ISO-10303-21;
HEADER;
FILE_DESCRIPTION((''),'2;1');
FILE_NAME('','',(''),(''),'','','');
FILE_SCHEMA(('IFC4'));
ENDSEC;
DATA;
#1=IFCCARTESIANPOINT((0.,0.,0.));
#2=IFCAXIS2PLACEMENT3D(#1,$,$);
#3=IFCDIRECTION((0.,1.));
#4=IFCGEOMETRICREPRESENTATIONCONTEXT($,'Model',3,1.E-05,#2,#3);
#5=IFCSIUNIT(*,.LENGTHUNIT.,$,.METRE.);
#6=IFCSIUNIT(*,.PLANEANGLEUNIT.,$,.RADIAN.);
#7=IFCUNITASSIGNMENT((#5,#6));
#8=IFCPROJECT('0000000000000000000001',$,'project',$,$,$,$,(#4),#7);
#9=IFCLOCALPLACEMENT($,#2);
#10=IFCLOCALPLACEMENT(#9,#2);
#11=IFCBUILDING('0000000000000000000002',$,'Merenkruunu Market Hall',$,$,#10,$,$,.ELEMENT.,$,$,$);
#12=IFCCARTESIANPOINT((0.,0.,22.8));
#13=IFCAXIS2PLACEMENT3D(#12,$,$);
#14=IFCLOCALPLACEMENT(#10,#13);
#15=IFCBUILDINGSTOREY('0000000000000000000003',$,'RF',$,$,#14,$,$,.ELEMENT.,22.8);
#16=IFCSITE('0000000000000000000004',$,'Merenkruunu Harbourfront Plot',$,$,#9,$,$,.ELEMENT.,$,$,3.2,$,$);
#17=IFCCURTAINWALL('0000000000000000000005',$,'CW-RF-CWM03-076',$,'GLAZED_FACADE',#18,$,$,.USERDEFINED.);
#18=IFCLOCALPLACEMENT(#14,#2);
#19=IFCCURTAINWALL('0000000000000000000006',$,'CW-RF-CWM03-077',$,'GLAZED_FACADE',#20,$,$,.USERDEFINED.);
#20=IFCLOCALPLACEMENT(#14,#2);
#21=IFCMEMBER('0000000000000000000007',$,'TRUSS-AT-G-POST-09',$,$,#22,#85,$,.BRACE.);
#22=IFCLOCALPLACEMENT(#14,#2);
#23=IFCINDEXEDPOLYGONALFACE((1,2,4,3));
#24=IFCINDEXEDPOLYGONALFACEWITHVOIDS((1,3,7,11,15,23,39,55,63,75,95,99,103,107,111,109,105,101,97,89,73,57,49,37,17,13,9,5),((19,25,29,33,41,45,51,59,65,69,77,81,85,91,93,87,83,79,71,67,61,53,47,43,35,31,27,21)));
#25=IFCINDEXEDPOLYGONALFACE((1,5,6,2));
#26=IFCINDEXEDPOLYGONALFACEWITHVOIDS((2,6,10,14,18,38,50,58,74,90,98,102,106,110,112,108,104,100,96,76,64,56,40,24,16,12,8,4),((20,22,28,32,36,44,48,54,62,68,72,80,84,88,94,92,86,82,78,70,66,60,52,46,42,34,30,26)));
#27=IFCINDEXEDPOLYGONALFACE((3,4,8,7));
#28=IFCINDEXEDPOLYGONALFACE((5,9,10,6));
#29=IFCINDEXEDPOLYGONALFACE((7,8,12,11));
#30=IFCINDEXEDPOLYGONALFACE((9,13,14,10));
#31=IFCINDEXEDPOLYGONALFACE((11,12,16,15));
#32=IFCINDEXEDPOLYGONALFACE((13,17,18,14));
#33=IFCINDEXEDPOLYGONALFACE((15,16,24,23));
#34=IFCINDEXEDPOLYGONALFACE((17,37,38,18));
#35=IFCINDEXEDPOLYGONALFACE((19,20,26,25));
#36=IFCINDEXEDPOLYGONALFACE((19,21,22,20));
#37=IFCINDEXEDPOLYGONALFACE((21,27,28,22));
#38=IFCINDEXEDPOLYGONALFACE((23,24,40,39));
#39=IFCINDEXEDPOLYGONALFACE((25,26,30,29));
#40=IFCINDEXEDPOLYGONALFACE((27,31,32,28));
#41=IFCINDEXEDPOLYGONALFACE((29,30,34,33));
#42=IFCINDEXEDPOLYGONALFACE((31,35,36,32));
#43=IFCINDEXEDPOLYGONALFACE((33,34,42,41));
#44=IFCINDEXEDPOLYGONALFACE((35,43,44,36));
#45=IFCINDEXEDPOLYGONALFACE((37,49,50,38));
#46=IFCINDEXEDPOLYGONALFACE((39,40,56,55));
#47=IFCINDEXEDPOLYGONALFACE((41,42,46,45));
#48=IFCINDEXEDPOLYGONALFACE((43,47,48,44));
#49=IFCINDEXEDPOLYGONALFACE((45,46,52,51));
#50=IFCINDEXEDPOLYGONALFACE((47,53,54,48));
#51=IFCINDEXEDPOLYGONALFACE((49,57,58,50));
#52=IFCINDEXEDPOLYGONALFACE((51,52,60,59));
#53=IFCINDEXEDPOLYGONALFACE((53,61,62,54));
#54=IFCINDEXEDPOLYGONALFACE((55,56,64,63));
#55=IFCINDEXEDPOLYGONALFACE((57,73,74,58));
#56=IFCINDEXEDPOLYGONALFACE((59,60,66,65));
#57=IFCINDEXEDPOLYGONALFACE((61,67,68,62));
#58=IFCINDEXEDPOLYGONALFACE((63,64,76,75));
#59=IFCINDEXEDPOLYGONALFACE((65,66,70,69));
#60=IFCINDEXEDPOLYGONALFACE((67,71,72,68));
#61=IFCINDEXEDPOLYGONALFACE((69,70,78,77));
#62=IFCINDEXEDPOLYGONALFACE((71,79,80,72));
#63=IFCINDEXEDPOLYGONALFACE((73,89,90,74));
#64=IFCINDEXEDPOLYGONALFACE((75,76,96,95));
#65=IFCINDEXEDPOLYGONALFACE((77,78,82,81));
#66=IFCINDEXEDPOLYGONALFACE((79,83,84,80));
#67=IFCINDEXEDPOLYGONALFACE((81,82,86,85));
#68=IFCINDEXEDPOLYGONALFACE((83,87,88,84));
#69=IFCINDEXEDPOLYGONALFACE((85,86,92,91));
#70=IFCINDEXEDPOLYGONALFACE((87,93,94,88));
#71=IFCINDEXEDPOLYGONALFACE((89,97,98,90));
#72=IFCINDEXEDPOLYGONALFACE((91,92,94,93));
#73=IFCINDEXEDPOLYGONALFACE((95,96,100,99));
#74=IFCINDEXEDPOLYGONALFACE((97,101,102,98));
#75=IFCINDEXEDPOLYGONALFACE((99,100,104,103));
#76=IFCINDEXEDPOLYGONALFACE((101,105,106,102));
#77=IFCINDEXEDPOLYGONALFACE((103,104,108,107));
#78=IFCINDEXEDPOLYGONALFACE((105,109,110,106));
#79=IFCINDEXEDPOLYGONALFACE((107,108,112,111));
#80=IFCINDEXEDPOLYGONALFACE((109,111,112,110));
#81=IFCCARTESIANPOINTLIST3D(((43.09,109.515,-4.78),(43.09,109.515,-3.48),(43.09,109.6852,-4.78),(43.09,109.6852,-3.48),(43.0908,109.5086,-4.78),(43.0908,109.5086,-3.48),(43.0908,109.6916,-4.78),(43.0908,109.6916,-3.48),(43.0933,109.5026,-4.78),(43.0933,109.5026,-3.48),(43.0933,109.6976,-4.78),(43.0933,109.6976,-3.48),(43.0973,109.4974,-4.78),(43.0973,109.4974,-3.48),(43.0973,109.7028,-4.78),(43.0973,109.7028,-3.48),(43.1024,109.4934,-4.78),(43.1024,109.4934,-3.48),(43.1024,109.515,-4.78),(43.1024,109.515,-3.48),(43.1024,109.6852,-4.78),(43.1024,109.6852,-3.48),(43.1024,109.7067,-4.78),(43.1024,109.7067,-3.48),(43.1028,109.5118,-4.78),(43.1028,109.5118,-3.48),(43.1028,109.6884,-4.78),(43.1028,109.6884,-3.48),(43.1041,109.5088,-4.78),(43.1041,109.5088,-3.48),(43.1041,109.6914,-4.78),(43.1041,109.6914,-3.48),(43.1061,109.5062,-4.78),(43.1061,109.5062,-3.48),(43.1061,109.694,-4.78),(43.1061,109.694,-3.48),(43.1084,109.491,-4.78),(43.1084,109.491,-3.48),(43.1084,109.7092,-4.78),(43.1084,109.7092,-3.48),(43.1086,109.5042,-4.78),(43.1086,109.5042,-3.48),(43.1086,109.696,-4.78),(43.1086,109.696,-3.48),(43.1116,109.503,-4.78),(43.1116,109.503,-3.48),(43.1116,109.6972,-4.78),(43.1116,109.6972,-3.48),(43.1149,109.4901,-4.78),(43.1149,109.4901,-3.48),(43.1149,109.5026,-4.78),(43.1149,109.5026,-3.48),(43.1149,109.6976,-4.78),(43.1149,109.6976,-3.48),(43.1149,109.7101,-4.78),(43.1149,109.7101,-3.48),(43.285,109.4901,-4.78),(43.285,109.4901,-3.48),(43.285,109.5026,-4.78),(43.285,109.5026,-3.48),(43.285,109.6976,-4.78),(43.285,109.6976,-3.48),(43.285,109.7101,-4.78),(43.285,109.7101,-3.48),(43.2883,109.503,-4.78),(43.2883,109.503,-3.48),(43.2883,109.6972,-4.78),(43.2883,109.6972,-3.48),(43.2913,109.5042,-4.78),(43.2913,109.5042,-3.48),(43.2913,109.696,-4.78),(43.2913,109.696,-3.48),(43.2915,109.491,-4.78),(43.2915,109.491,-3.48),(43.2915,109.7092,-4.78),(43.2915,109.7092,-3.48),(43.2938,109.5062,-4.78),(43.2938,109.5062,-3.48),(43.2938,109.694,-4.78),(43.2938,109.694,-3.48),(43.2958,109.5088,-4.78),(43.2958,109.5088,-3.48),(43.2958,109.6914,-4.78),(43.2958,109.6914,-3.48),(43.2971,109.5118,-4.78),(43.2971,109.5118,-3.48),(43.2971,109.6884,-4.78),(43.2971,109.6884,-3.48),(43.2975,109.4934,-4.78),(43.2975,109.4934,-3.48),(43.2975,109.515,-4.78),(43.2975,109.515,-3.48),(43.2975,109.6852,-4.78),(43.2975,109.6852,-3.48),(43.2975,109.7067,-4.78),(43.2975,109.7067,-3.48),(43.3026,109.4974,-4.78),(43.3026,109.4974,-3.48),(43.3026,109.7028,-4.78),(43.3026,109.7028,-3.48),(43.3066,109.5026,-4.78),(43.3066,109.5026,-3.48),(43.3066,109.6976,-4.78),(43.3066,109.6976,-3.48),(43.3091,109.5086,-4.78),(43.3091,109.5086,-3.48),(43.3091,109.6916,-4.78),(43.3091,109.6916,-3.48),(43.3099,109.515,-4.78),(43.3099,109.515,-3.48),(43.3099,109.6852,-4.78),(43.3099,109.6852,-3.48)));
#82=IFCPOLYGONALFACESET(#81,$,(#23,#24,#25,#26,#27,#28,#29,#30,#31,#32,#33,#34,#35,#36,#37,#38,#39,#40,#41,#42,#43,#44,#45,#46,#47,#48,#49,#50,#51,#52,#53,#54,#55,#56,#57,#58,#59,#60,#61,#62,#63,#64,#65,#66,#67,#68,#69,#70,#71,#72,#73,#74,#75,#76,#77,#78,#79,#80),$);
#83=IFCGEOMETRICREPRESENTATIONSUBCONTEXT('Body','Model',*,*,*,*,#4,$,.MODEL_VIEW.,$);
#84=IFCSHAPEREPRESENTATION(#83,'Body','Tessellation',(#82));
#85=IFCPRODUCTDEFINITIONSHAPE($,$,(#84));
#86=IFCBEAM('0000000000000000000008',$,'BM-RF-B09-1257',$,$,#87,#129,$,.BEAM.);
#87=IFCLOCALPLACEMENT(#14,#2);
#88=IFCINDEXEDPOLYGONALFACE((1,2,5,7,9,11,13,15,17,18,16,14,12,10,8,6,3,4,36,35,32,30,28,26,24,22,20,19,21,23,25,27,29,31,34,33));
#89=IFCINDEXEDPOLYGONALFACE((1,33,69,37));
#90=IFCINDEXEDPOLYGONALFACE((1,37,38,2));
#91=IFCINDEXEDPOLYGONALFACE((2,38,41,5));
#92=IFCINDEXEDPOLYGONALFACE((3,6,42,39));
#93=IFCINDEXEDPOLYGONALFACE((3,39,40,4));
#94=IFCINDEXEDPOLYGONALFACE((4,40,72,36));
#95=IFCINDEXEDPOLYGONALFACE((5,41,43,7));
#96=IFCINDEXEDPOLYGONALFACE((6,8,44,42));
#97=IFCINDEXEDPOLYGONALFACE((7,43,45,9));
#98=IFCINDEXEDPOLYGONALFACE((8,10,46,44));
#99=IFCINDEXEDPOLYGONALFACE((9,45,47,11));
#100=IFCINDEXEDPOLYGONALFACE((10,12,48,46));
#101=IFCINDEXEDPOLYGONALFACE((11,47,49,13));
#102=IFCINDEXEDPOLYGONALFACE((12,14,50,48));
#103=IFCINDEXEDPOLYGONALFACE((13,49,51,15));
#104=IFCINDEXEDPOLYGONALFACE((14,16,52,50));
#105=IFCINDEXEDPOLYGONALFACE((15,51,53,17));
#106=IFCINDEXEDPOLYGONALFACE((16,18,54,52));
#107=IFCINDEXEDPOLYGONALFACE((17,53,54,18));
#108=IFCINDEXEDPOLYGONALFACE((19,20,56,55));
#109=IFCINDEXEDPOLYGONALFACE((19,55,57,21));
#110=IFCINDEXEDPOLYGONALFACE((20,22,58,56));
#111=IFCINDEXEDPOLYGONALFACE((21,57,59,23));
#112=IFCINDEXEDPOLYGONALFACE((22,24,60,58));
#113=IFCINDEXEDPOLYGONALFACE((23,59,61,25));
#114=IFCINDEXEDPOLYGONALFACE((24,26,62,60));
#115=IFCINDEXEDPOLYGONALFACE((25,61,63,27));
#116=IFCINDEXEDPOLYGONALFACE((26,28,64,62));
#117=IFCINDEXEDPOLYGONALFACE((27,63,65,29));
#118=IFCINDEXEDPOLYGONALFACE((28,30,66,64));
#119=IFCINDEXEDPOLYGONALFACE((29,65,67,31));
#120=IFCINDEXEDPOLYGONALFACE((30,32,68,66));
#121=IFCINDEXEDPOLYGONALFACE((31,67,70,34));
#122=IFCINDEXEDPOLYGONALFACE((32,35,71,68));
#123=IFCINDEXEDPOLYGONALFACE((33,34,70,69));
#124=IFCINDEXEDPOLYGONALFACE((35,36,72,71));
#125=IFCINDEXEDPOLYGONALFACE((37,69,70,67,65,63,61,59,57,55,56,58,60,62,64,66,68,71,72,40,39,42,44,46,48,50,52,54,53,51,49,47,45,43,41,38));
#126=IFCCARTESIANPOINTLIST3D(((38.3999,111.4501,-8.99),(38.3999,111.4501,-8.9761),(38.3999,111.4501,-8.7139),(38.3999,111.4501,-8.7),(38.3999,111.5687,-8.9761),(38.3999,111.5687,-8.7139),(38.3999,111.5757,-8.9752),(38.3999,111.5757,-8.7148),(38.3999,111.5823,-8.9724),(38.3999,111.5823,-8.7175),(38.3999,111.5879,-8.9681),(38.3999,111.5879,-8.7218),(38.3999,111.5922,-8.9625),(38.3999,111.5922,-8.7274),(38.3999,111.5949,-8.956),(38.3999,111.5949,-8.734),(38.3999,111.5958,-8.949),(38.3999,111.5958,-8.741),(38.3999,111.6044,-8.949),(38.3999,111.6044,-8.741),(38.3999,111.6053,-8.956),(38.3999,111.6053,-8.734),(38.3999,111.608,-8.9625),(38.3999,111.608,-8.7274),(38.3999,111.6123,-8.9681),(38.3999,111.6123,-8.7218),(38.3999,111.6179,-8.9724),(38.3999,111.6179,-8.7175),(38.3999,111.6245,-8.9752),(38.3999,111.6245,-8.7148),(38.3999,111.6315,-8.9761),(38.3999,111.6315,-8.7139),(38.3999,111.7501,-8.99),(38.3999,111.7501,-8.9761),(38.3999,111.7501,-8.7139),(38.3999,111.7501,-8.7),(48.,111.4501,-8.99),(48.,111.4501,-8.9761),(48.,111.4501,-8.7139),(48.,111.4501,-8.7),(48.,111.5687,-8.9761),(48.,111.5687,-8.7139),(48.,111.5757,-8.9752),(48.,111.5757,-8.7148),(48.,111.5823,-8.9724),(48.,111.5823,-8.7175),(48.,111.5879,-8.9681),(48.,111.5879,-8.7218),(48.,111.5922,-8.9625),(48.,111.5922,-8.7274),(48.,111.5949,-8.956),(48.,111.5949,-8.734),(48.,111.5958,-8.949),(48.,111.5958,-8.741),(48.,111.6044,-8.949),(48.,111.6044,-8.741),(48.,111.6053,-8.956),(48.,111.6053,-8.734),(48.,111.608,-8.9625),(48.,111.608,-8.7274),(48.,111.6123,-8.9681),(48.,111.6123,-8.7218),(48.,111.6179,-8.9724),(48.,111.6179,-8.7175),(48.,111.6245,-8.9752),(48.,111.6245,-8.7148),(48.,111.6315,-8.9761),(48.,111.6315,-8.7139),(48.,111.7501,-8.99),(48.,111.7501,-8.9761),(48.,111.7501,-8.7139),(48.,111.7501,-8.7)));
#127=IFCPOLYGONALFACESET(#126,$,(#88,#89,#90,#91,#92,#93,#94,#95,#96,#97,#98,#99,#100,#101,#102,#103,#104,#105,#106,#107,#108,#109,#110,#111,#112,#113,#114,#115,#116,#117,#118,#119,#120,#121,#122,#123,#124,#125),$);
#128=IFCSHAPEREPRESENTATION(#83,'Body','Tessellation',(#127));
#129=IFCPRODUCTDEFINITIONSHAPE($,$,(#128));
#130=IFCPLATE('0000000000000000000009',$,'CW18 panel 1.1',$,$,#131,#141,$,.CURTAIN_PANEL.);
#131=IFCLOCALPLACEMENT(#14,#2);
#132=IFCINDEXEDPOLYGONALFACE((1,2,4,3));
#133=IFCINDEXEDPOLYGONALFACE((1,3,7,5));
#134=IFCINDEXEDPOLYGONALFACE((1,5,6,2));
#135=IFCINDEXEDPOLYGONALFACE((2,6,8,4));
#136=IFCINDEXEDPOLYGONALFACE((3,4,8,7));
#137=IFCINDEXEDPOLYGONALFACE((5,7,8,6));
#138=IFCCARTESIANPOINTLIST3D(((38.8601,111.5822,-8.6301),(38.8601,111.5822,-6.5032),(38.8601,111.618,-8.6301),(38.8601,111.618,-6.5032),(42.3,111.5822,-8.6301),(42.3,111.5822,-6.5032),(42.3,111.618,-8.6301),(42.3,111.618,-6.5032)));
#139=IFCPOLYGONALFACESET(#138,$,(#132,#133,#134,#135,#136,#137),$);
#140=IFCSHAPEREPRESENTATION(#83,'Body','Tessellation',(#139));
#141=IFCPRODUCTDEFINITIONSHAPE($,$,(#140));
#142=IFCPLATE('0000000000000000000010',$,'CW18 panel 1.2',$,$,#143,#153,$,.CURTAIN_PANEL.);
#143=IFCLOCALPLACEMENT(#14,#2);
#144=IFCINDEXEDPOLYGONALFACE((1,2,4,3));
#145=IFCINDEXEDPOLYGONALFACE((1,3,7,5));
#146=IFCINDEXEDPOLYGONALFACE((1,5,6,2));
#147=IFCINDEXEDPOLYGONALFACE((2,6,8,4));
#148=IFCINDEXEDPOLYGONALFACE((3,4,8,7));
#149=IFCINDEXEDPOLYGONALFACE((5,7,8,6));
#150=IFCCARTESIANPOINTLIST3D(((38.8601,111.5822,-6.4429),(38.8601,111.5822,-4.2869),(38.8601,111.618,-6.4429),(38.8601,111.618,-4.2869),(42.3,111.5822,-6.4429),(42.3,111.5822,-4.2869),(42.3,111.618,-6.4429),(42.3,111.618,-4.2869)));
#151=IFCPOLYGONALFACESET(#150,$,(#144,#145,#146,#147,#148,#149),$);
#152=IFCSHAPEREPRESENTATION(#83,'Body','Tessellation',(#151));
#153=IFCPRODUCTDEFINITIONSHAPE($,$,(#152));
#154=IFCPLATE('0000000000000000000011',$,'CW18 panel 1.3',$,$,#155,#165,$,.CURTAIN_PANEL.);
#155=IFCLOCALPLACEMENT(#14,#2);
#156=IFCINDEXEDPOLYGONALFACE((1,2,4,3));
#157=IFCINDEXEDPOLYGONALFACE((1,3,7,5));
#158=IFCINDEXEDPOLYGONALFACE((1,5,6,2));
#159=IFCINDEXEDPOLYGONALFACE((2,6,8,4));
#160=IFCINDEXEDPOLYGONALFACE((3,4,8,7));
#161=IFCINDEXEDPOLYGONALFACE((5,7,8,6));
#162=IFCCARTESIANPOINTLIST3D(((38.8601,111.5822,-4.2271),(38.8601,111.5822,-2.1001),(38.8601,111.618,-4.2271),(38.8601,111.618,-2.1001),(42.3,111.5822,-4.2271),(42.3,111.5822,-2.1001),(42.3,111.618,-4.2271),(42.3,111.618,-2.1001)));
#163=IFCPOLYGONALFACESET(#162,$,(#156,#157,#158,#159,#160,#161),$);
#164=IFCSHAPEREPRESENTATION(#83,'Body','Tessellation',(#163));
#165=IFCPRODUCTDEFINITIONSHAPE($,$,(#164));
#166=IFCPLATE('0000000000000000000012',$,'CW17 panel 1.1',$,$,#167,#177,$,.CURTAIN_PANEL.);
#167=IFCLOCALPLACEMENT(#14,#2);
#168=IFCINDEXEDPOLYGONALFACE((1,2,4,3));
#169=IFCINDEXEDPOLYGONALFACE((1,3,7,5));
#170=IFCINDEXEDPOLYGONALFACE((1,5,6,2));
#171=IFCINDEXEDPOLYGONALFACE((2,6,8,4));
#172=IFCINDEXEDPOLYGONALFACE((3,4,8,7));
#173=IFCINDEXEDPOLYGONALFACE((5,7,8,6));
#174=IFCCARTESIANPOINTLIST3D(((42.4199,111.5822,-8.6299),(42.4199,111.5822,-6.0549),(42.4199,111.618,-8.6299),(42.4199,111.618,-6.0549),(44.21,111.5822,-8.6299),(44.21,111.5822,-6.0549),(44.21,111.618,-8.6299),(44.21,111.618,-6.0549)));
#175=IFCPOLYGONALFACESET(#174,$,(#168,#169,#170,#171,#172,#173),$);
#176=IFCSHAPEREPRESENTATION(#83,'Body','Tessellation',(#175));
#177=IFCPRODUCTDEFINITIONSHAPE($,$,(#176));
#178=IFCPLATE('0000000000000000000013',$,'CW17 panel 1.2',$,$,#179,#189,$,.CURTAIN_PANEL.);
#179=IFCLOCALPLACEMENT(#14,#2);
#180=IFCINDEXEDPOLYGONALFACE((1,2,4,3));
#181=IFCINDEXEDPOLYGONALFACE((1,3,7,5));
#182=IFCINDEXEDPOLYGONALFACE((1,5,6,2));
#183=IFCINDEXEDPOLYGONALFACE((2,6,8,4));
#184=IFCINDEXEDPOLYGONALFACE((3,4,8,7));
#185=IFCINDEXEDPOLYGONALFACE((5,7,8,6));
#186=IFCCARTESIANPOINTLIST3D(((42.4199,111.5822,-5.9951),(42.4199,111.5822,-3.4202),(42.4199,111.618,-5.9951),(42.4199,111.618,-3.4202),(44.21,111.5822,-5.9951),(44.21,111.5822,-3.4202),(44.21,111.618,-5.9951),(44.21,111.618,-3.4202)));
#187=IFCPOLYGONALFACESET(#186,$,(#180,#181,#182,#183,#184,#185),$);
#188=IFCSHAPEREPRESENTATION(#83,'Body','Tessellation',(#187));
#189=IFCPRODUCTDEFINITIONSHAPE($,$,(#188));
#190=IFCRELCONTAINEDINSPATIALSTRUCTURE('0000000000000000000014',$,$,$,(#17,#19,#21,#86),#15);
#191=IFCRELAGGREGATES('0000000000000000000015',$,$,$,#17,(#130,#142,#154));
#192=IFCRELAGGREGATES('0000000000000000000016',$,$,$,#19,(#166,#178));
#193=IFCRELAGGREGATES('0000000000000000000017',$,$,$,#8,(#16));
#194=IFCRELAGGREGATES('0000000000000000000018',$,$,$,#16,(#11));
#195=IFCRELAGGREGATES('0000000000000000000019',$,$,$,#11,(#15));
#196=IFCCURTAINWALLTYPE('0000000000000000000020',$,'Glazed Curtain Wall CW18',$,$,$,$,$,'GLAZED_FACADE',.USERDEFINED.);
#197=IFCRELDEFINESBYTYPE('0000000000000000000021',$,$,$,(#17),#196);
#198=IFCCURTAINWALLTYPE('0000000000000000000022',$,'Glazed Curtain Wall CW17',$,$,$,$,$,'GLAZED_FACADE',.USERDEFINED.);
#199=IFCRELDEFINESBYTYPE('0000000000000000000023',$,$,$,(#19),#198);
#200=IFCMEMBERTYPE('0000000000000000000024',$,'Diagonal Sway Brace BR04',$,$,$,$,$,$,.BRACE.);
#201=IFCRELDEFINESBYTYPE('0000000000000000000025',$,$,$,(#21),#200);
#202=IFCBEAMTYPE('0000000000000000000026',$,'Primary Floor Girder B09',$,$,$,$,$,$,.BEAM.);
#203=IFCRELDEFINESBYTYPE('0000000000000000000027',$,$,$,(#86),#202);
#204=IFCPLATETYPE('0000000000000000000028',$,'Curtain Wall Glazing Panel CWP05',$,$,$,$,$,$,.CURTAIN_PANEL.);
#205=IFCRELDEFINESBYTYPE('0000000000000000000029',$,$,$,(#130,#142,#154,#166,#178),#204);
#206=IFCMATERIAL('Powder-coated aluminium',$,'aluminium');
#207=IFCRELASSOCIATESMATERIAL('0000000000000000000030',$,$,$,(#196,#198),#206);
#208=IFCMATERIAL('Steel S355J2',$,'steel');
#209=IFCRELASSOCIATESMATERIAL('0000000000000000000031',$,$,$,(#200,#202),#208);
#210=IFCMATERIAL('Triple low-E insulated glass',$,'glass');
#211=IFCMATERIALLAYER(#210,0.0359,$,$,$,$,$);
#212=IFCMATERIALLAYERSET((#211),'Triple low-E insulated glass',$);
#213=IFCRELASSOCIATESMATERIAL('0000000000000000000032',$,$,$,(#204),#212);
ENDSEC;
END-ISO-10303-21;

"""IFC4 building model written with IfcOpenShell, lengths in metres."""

from ifc_helpers import new_model, si_unit, direction, frame, origin, origin_2d, place, context, subcontext, project, spatial, rectangle, hollow_rectangle, i_section, extrude, material, layer, layer_set, material_profile, profile_set, type_object, element, aggregate, save


model = new_model("IFC4")

# Units and contexts
model_context = context("Model", 3, precision=1e-05, world=origin(), true_north=direction((0.0, 1.0)))
body_context = subcontext(model_context, "Body", "Model", "MODEL_VIEW")
ifc_project = project(units=[si_unit("LENGTHUNIT", "METRE"), si_unit("PLANEANGLEUNIT", "RADIAN")], contexts=[model_context])

# Site, building, storey
site_placement = place(None, origin())
site = spatial("IfcSite", under=ifc_project, at=site_placement, Name="Merenkruunu Harbourfront Plot", CompositionType="ELEMENT", RefElevation=3.2)
building_placement = place(site_placement, origin())
building = spatial("IfcBuilding", under=site, at=building_placement, Name="Merenkruunu Market Hall", CompositionType="ELEMENT")
storey_placement = place(building_placement, frame((0.0, 0.0, 22.8)))
storey = spatial("IfcBuildingStorey", under=building, at=storey_placement, Name="RF", CompositionType="ELEMENT", Elevation=22.8)

# Shared definitions
ifc_material_1 = material(Name="Powder-coated aluminium", Category="aluminium")
curtain_wall_type_1 = type_object("IfcCurtainWallType", Name="Glazed Curtain Wall CW18", ElementType="GLAZED_FACADE", PredefinedType="USERDEFINED", material=ifc_material_1)

# Curtain walls
curtain_wall_1_placement = place(storey_placement, origin())
curtain_wall_1 = element("IfcCurtainWall", 1, at=curtain_wall_1_placement, inside=storey, type_object=curtain_wall_type_1, Name="CW-RF-CWM03-076", ObjectType="GLAZED_FACADE", PredefinedType="USERDEFINED")
curtain_wall_type_2 = type_object("IfcCurtainWallType", Name="Glazed Curtain Wall CW17", ElementType="GLAZED_FACADE", PredefinedType="USERDEFINED", material=ifc_material_1)
curtain_wall_2_placement = place(storey_placement, origin())
curtain_wall_2 = element("IfcCurtainWall", 2, at=curtain_wall_2_placement, inside=storey, type_object=curtain_wall_type_2, Name="CW-RF-CWM03-077", ObjectType="GLAZED_FACADE", PredefinedType="USERDEFINED")

# Member
ifc_material_2 = material(Name="Steel S355J2", Category="steel")
ifc_material_profile_1 = material_profile(ifc_material_2, hollow_rectangle(XDim=0.22, YDim=0.22, WallThickness=0.0125, InnerFilletRadius=0.0125, OuterFilletRadius=0.0249, at=origin_2d()), Name="SHS 220x220x12.5")
ifc_profile_set_1 = profile_set([ifc_material_profile_1], Name="Steel S355J2")
member_type_1 = type_object("IfcMemberType", Name="Diagonal Sway Brace BR04", PredefinedType="BRACE", material=ifc_profile_set_1)
member_1_placement = place(storey_placement, frame((43.2, 109.6001, -4.78), z_axis=(0.0, 0.0, 1.0), x_axis=(1.0, 0.0, 0.0)))
element("IfcMember", 3, at=member_1_placement, inside=storey, type_object=member_type_1, Name="TRUSS-AT-G-POST-09", PredefinedType="BRACE", context=body_context, shape_type="SweptSolid", body=[
    extrude(hollow_rectangle(XDim=0.22, YDim=0.22, WallThickness=0.0125, InnerFilletRadius=0.0125, OuterFilletRadius=0.0249, at=origin_2d()), origin(), (0.0, 0.0, 1.0), 1.3),
])

# Beam
ifc_material_profile_2 = material_profile(ifc_material_2, i_section(OverallWidth=0.3, OverallDepth=0.29, WebThickness=0.0085, FlangeThickness=0.0139, FilletRadius=0.0271, at=origin_2d()), Name="HEA 300")
ifc_profile_set_2 = profile_set([ifc_material_profile_2], Name="Steel S355J2")
beam_type = type_object("IfcBeamType", Name="Primary Floor Girder B09", PredefinedType="BEAM", material=ifc_profile_set_2)
beam_placement = place(storey_placement, frame((38.3999, 111.6001, -8.845), z_axis=(1.0, 0.0, 0.0), x_axis=(0.0, 1.0, 0.0)))
element("IfcBeam", 4, at=beam_placement, inside=storey, type_object=beam_type, Name="BM-RF-B09-1257", PredefinedType="BEAM", context=body_context, shape_type="SweptSolid", body=[
    extrude(i_section(OverallWidth=0.3, OverallDepth=0.29, WebThickness=0.0085, FlangeThickness=0.0139, FilletRadius=0.0271, at=origin_2d()), origin(), (0.0, 0.0, 1.0), 9.6001),
])

# Plates
ifc_material_3 = material(Name="Triple low-E insulated glass", Category="glass")
ifc_layer_1 = layer(ifc_material_3, 0.0359)
ifc_layer_set_1 = layer_set([ifc_layer_1], Name="Triple low-E insulated glass")
plate_type_1 = type_object("IfcPlateType", Name="Curtain Wall Glazing Panel CWP05", PredefinedType="CURTAIN_PANEL", material=ifc_layer_set_1)
plate_1_placement = place(storey_placement, frame((40.5801, 111.6001, -8.6301), z_axis=(0.0, 0.0, 1.0), x_axis=(1.0, 0.0, 0.0)))
plate_1 = element("IfcPlate", 5, at=plate_1_placement, type_object=plate_type_1, Name="CW18 panel 1.1", PredefinedType="CURTAIN_PANEL", context=body_context, shape_type="SweptSolid", body=[
    extrude(rectangle(XDim=3.4399, YDim=0.0359, at=origin_2d()), origin(), (0.0, 0.0, 1.0), 2.127),
])
plate_2_placement = place(storey_placement, frame((40.5801, 111.6001, -6.4429), z_axis=(0.0, 0.0, 1.0), x_axis=(1.0, 0.0, 0.0)))
plate_2 = element("IfcPlate", 6, at=plate_2_placement, type_object=plate_type_1, Name="CW18 panel 1.2", PredefinedType="CURTAIN_PANEL", context=body_context, shape_type="SweptSolid", body=[
    extrude(rectangle(XDim=3.4399, YDim=0.0359, at=origin_2d()), origin(), (0.0, 0.0, 1.0), 2.156),
])
plate_3_placement = place(storey_placement, frame((40.5801, 111.6001, -4.2271), z_axis=(0.0, 0.0, 1.0), x_axis=(1.0, 0.0, 0.0)))
plate_3 = element("IfcPlate", 7, at=plate_3_placement, type_object=plate_type_1, Name="CW18 panel 1.3", PredefinedType="CURTAIN_PANEL", context=body_context, shape_type="SweptSolid", body=[
    extrude(rectangle(XDim=3.4399, YDim=0.0359, at=origin_2d()), origin(), (0.0, 0.0, 1.0), 2.127),
])
aggregate(curtain_wall_1, [plate_1, plate_2, plate_3])
plate_4_placement = place(storey_placement, frame((43.3149, 111.6001, -8.6299), z_axis=(0.0, 0.0, 1.0), x_axis=(1.0, 0.0, 0.0)))
plate_4 = element("IfcPlate", 8, at=plate_4_placement, type_object=plate_type_1, Name="CW17 panel 1.1", PredefinedType="CURTAIN_PANEL", context=body_context, shape_type="SweptSolid", body=[
    extrude(rectangle(XDim=1.79, YDim=0.0359, at=origin_2d()), origin(), (0.0, 0.0, 1.0), 2.575),
])
plate_5_placement = place(storey_placement, frame((43.3149, 111.6001, -5.9951), z_axis=(0.0, 0.0, 1.0), x_axis=(1.0, 0.0, 0.0)))
plate_5 = element("IfcPlate", 9, at=plate_5_placement, type_object=plate_type_1, Name="CW17 panel 1.2", PredefinedType="CURTAIN_PANEL", context=body_context, shape_type="SweptSolid", body=[
    extrude(rectangle(XDim=1.79, YDim=0.0359, at=origin_2d()), origin(), (0.0, 0.0, 1.0), 2.575),
])
aggregate(curtain_wall_2, [plate_4, plate_5])

save(model, "model.ifc")
